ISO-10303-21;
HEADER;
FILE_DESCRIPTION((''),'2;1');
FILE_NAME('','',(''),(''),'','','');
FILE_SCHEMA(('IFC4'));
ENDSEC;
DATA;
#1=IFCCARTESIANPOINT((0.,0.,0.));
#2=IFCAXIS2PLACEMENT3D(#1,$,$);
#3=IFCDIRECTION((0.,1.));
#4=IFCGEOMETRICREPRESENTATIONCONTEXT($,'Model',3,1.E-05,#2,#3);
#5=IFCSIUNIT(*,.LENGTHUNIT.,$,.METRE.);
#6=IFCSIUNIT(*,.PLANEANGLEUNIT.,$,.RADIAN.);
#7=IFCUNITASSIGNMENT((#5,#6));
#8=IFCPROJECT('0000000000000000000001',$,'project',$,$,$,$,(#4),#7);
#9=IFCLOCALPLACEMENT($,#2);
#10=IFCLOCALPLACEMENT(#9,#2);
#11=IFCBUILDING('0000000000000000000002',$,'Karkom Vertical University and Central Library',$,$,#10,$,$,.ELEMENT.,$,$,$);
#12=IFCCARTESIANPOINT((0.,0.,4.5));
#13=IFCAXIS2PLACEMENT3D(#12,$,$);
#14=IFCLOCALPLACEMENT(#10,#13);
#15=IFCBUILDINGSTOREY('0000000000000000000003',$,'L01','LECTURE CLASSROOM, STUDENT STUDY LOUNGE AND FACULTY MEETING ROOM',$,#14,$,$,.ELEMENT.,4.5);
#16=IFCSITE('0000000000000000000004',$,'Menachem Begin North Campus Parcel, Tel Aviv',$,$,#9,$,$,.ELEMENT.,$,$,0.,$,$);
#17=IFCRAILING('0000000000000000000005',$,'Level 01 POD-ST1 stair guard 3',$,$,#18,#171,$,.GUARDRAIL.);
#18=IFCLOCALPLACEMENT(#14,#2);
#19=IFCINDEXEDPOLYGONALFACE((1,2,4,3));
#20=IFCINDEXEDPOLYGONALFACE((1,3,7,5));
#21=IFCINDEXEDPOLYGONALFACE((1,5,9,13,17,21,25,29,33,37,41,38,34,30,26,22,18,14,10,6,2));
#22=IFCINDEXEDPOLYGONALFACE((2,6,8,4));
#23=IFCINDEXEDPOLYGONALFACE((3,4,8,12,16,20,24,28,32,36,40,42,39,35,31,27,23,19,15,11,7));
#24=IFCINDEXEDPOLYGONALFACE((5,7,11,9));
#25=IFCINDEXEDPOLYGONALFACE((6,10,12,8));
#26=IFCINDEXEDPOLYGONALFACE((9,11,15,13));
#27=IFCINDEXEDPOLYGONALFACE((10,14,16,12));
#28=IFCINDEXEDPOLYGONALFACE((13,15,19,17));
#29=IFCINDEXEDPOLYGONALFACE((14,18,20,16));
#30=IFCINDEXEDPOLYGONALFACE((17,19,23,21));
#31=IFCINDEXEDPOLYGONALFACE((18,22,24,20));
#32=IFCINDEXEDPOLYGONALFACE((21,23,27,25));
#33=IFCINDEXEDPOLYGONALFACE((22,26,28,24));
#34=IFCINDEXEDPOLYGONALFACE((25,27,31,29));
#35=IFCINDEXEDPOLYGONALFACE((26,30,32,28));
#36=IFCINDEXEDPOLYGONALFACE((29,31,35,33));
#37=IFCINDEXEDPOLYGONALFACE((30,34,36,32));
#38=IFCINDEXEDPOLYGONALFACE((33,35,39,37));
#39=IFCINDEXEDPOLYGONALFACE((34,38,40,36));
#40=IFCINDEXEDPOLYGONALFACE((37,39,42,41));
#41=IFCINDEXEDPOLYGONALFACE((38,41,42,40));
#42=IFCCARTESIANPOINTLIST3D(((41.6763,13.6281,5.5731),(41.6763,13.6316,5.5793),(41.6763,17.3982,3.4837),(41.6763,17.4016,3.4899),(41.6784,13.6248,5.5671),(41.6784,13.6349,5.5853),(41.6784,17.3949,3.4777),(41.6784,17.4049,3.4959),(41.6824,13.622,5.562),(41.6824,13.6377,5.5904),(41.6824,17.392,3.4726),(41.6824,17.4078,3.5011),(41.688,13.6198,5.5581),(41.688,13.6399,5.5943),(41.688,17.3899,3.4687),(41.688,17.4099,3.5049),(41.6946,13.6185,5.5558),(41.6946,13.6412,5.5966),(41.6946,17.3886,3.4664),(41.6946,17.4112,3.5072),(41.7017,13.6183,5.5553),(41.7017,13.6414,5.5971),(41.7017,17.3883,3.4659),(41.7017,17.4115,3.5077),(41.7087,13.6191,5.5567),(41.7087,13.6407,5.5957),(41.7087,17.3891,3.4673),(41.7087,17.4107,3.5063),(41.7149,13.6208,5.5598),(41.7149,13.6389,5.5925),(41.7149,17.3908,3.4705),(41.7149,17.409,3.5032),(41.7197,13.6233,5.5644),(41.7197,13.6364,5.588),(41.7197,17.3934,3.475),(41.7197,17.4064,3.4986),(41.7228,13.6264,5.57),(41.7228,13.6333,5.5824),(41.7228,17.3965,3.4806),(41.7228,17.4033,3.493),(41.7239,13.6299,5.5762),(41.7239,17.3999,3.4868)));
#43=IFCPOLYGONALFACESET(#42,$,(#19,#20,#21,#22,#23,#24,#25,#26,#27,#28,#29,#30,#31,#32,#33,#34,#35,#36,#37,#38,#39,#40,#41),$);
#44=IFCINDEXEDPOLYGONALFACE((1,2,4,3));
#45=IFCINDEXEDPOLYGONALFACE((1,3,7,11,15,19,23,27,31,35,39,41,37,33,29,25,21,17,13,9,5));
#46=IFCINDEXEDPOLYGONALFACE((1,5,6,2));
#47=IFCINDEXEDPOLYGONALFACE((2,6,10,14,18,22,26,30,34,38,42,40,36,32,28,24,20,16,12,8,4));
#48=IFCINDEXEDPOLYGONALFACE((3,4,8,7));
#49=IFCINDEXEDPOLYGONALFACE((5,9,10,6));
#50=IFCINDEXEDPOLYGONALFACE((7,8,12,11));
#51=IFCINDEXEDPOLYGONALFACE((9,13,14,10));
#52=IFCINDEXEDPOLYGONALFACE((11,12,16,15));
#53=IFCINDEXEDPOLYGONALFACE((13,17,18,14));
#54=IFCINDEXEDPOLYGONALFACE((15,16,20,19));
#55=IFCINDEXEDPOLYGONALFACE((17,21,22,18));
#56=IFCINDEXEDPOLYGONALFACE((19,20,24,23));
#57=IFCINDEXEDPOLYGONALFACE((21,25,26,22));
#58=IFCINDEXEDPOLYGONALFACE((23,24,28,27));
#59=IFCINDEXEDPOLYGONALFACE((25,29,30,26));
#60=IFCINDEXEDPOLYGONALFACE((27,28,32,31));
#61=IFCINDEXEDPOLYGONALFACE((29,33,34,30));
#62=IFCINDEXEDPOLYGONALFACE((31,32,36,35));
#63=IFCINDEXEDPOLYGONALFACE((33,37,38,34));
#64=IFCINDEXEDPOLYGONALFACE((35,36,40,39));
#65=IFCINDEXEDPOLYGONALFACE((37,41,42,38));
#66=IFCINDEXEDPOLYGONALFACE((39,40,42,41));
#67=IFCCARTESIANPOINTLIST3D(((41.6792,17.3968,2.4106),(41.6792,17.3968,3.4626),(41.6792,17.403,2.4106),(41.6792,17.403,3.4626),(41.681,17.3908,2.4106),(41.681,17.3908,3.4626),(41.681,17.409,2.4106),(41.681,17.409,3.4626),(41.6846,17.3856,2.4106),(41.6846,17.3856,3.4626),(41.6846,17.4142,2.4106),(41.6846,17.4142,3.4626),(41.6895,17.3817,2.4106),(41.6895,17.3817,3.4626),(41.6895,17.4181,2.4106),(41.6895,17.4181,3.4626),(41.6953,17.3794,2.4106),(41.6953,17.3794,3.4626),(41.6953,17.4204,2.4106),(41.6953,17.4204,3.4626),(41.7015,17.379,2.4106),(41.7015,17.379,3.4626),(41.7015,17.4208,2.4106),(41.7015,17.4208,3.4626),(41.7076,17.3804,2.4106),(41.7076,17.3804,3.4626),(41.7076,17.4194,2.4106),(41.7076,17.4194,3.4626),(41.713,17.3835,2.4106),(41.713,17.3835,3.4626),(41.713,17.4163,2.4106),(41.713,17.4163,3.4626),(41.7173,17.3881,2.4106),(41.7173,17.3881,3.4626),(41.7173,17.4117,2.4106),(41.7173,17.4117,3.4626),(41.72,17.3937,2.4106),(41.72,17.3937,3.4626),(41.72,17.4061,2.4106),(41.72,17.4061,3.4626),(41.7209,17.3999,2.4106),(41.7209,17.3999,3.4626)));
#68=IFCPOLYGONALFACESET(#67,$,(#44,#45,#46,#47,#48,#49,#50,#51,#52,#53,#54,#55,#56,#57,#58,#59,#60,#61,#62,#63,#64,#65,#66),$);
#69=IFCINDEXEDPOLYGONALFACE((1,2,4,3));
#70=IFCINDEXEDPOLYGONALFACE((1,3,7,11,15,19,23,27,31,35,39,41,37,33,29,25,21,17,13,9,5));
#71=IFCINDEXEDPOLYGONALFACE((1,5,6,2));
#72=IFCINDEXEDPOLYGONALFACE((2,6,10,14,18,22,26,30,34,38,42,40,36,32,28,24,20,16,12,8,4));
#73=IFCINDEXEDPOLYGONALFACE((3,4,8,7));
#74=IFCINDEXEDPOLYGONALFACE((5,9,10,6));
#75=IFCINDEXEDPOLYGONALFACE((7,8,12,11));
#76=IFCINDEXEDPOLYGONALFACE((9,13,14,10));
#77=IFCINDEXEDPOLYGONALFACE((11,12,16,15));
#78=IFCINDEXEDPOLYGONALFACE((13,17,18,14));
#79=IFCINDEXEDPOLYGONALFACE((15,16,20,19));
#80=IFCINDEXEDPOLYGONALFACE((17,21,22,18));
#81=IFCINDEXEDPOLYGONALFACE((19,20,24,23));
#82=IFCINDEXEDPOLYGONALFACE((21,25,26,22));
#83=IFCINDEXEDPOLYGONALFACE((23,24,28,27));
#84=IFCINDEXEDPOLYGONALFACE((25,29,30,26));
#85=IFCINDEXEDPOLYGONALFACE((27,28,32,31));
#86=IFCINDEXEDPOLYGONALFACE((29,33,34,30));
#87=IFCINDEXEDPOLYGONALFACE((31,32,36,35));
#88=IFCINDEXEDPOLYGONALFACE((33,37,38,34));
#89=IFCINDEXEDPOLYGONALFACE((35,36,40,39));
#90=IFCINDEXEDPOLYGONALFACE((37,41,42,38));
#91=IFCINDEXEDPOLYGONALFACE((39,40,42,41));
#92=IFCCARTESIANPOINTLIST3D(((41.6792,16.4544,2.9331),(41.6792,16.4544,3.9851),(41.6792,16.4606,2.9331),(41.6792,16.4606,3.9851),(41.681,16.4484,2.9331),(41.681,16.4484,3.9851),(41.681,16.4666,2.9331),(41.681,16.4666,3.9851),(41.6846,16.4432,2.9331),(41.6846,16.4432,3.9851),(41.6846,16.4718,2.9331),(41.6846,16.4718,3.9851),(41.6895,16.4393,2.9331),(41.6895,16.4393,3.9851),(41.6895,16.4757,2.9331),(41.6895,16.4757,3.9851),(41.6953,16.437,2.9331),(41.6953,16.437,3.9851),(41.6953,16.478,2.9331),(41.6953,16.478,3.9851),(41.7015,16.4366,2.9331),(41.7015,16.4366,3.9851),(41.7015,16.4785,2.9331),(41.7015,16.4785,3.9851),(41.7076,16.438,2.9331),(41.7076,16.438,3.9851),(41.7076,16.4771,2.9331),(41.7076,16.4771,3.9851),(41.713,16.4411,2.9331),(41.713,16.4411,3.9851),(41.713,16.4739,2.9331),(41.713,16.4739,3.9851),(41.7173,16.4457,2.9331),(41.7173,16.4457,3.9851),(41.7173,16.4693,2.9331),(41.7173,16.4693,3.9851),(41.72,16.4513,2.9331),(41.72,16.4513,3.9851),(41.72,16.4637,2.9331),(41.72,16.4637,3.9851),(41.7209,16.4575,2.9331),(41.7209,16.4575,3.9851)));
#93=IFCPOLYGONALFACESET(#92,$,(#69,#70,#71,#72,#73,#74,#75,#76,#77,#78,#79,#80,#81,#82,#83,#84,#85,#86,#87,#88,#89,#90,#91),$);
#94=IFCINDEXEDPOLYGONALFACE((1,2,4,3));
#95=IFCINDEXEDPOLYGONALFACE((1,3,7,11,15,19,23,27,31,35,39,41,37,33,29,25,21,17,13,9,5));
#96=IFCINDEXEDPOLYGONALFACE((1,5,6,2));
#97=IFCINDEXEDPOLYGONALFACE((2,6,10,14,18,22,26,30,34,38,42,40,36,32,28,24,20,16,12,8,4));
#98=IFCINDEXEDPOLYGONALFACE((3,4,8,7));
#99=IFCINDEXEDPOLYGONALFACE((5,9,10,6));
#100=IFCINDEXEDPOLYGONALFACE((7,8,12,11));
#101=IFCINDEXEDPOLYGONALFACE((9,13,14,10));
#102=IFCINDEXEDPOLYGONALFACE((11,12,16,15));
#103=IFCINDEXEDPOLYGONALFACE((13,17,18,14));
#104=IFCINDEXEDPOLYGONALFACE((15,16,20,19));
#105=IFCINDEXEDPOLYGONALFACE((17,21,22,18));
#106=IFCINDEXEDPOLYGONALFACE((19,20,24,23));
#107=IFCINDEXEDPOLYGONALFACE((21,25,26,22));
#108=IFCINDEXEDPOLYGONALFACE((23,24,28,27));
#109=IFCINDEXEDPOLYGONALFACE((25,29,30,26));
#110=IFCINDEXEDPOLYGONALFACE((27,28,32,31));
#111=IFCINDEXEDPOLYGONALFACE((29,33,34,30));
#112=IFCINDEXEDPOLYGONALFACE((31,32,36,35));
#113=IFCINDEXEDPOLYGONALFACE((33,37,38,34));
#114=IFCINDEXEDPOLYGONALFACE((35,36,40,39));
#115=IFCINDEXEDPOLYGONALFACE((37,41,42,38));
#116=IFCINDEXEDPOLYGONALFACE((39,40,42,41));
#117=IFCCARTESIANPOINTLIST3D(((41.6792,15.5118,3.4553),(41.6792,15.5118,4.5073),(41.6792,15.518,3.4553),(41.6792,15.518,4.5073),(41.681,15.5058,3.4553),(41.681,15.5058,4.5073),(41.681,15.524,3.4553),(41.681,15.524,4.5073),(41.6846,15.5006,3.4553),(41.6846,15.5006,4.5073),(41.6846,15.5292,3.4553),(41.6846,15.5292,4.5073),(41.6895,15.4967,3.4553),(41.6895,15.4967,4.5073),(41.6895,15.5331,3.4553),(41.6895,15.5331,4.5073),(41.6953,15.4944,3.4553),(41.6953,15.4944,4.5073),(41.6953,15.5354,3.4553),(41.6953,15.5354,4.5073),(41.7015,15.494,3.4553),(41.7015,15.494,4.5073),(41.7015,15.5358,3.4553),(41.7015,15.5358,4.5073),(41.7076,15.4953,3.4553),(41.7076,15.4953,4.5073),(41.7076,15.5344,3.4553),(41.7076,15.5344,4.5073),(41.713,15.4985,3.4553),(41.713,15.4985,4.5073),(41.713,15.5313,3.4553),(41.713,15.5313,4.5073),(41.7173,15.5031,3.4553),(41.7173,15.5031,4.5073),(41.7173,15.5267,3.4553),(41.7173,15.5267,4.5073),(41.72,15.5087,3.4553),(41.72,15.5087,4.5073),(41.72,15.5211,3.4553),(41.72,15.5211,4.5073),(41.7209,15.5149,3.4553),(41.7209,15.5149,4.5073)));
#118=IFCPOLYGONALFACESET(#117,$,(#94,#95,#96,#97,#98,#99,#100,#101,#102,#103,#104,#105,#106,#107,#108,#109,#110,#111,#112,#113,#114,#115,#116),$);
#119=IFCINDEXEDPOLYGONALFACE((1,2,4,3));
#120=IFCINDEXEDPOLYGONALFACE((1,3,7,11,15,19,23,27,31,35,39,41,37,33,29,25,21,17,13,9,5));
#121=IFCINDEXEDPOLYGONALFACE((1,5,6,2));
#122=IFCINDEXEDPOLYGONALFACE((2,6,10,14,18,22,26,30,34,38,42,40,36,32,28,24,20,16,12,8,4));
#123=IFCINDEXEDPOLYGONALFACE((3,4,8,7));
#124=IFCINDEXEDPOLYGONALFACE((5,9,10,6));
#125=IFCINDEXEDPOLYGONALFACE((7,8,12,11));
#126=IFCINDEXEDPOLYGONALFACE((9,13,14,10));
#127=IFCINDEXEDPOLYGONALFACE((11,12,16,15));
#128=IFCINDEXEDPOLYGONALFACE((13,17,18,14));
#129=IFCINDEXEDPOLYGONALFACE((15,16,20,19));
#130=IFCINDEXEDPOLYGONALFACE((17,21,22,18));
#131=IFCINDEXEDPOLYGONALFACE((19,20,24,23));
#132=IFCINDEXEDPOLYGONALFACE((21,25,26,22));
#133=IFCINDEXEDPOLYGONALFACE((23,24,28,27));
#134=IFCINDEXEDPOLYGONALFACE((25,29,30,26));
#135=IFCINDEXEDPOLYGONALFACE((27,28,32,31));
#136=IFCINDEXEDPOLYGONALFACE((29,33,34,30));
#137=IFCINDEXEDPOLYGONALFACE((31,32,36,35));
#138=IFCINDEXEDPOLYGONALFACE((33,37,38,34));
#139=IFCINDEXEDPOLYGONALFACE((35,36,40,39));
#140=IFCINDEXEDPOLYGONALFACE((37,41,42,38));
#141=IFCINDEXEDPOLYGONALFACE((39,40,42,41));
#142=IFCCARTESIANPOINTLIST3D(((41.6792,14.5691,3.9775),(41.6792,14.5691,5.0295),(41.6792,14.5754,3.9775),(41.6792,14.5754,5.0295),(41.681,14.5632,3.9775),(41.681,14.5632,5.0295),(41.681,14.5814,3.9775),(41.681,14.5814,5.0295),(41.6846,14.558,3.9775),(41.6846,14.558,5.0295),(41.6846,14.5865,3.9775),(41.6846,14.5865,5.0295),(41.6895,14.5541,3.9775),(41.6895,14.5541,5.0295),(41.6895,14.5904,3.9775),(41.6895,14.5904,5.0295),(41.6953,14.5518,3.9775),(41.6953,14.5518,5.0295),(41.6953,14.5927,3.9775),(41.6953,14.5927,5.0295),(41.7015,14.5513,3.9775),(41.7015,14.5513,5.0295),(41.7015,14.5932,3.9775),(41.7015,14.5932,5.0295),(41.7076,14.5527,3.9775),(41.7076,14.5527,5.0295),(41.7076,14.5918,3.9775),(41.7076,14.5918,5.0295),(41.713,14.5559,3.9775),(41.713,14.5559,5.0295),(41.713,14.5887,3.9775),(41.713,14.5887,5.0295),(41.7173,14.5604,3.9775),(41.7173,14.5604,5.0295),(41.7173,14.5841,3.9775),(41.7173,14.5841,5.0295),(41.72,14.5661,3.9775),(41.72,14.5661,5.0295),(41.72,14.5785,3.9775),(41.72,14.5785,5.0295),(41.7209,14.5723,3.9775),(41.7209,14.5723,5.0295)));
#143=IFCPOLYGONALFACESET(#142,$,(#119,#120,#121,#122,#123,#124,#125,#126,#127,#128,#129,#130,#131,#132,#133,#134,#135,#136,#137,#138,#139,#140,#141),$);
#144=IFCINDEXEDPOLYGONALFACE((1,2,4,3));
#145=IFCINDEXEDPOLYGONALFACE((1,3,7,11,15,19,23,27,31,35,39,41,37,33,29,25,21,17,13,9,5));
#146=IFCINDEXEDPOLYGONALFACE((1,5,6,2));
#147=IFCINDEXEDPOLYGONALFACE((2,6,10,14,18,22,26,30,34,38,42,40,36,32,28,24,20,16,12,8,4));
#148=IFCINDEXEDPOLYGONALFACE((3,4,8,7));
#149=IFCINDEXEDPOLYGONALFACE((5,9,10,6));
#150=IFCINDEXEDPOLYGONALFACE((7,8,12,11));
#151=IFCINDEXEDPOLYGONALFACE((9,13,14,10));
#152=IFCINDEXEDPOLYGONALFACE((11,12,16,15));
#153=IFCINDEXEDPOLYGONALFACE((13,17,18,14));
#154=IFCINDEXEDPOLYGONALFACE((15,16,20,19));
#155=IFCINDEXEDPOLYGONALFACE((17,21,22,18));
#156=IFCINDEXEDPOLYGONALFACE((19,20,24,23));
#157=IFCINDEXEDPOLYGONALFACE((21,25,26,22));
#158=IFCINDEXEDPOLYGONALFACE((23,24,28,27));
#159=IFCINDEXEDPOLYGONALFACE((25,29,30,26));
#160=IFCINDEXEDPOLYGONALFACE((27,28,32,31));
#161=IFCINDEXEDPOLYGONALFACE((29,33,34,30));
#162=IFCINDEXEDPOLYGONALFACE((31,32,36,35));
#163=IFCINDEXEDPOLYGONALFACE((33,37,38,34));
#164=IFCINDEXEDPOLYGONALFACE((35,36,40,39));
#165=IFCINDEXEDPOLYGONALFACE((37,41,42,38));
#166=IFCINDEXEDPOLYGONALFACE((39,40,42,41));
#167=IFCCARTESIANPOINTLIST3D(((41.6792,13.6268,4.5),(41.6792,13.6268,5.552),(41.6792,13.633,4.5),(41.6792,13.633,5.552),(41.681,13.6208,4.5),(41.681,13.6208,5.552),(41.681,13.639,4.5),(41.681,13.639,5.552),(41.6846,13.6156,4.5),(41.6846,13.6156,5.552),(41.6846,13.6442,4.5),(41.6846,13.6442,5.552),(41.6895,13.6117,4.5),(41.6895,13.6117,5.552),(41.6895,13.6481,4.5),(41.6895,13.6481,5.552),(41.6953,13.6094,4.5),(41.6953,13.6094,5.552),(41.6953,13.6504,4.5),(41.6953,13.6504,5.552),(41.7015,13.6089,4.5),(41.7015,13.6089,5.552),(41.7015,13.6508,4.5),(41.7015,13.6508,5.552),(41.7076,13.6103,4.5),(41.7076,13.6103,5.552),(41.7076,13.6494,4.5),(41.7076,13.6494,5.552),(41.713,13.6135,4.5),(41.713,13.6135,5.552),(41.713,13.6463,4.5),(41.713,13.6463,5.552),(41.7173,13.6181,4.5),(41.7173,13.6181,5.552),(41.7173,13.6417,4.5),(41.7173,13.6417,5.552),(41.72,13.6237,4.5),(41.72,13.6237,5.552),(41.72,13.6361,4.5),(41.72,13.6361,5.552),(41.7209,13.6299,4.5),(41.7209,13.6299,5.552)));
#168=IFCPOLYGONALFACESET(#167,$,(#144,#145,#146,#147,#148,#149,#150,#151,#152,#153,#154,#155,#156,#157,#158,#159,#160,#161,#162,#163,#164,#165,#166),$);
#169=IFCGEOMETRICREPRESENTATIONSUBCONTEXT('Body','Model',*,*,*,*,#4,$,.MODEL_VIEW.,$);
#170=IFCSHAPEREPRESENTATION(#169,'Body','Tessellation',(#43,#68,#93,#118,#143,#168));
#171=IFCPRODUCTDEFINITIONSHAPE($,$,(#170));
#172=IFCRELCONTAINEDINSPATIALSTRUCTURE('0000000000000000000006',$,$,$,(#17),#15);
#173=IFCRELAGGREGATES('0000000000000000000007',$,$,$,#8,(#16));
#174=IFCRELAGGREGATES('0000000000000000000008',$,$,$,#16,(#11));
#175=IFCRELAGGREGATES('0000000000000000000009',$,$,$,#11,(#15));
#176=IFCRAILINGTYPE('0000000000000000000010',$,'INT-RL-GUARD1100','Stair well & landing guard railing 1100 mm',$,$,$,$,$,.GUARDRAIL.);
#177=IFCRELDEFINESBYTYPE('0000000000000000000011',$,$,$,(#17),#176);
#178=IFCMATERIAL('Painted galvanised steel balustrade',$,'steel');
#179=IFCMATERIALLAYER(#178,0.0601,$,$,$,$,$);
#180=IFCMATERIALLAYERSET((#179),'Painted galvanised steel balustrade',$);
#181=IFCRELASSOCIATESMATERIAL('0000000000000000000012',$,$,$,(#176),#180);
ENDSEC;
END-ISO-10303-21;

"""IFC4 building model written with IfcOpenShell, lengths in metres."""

from ifc_helpers import new_model, si_unit, direction, frame, origin, origin_2d, place, context, subcontext, project, spatial, circle, extrude, material, layer, layer_set, type_object, element, save


model = new_model("IFC4")

# Units and contexts
model_context = context("Model", 3, precision=1e-05, world=origin(), true_north=direction((0.0, 1.0)))
body_context = subcontext(model_context, "Body", "Model", "MODEL_VIEW")
ifc_project = project(units=[si_unit("LENGTHUNIT", "METRE"), si_unit("PLANEANGLEUNIT", "RADIAN")], contexts=[model_context])

# Site, building, storey
site_placement = place(None, origin())
site = spatial("IfcSite", under=ifc_project, at=site_placement, Name="Menachem Begin North Campus Parcel, Tel Aviv", CompositionType="ELEMENT", RefElevation=0.0)
building_placement = place(site_placement, origin())
building = spatial("IfcBuilding", under=site, at=building_placement, Name="Karkom Vertical University and Central Library", CompositionType="ELEMENT")
storey_placement = place(building_placement, frame((0.0, 0.0, 4.5)))
storey = spatial("IfcBuildingStorey", under=building, at=storey_placement, Name="L01", Description="LECTURE CLASSROOM, STUDENT STUDY LOUNGE AND FACULTY MEETING ROOM", CompositionType="ELEMENT", Elevation=4.5)

# Railing
ifc_material_1 = material(Name="Painted galvanised steel balustrade", Category="steel")
ifc_layer_1 = layer(ifc_material_1, 0.0601)
ifc_layer_set_1 = layer_set([ifc_layer_1], Name="Painted galvanised steel balustrade")
railing_type_1 = type_object("IfcRailingType", Name="INT-RL-GUARD1100", Description="Stair well & landing guard railing 1100 mm", PredefinedType="GUARDRAIL", material=ifc_layer_set_1)
railing_1_placement = place(storey_placement, frame((41.7, 17.3999, 2.4106)))
element("IfcRailing", 1, at=railing_1_placement, inside=storey, type_object=railing_type_1, Name="Level 01 POD-ST1 stair guard 3", PredefinedType="GUARDRAIL", context=body_context, shape_type="SweptSolid", body=[
    extrude(circle(Radius=0.0239, at=origin_2d()), frame((0.0, 0.0, 1.0762), z_axis=(0.0, -0.874659, 0.484739), x_axis=(1.0, 0.0, 0.0)), (0.0, 0.0, 1.0), 4.3103),
    extrude(circle(Radius=0.021, at=origin_2d()), origin(), (0.0, 0.0, 1.0), 1.052),
    extrude(circle(Radius=0.021, at=origin_2d()), frame((0.0, -0.9424, 0.5225)), (0.0, 0.0, 1.0), 1.052),
    extrude(circle(Radius=0.021, at=origin_2d()), frame((0.0, -1.885, 1.0447)), (0.0, 0.0, 1.0), 1.052),
    extrude(circle(Radius=0.021, at=origin_2d()), frame((0.0, -2.8276, 1.5669)), (0.0, 0.0, 1.0), 1.052),
    extrude(circle(Radius=0.021, at=origin_2d()), frame((0.0, -3.77, 2.0894)), (0.0, 0.0, 1.0), 1.052),
])

save(model, "model.ifc")
